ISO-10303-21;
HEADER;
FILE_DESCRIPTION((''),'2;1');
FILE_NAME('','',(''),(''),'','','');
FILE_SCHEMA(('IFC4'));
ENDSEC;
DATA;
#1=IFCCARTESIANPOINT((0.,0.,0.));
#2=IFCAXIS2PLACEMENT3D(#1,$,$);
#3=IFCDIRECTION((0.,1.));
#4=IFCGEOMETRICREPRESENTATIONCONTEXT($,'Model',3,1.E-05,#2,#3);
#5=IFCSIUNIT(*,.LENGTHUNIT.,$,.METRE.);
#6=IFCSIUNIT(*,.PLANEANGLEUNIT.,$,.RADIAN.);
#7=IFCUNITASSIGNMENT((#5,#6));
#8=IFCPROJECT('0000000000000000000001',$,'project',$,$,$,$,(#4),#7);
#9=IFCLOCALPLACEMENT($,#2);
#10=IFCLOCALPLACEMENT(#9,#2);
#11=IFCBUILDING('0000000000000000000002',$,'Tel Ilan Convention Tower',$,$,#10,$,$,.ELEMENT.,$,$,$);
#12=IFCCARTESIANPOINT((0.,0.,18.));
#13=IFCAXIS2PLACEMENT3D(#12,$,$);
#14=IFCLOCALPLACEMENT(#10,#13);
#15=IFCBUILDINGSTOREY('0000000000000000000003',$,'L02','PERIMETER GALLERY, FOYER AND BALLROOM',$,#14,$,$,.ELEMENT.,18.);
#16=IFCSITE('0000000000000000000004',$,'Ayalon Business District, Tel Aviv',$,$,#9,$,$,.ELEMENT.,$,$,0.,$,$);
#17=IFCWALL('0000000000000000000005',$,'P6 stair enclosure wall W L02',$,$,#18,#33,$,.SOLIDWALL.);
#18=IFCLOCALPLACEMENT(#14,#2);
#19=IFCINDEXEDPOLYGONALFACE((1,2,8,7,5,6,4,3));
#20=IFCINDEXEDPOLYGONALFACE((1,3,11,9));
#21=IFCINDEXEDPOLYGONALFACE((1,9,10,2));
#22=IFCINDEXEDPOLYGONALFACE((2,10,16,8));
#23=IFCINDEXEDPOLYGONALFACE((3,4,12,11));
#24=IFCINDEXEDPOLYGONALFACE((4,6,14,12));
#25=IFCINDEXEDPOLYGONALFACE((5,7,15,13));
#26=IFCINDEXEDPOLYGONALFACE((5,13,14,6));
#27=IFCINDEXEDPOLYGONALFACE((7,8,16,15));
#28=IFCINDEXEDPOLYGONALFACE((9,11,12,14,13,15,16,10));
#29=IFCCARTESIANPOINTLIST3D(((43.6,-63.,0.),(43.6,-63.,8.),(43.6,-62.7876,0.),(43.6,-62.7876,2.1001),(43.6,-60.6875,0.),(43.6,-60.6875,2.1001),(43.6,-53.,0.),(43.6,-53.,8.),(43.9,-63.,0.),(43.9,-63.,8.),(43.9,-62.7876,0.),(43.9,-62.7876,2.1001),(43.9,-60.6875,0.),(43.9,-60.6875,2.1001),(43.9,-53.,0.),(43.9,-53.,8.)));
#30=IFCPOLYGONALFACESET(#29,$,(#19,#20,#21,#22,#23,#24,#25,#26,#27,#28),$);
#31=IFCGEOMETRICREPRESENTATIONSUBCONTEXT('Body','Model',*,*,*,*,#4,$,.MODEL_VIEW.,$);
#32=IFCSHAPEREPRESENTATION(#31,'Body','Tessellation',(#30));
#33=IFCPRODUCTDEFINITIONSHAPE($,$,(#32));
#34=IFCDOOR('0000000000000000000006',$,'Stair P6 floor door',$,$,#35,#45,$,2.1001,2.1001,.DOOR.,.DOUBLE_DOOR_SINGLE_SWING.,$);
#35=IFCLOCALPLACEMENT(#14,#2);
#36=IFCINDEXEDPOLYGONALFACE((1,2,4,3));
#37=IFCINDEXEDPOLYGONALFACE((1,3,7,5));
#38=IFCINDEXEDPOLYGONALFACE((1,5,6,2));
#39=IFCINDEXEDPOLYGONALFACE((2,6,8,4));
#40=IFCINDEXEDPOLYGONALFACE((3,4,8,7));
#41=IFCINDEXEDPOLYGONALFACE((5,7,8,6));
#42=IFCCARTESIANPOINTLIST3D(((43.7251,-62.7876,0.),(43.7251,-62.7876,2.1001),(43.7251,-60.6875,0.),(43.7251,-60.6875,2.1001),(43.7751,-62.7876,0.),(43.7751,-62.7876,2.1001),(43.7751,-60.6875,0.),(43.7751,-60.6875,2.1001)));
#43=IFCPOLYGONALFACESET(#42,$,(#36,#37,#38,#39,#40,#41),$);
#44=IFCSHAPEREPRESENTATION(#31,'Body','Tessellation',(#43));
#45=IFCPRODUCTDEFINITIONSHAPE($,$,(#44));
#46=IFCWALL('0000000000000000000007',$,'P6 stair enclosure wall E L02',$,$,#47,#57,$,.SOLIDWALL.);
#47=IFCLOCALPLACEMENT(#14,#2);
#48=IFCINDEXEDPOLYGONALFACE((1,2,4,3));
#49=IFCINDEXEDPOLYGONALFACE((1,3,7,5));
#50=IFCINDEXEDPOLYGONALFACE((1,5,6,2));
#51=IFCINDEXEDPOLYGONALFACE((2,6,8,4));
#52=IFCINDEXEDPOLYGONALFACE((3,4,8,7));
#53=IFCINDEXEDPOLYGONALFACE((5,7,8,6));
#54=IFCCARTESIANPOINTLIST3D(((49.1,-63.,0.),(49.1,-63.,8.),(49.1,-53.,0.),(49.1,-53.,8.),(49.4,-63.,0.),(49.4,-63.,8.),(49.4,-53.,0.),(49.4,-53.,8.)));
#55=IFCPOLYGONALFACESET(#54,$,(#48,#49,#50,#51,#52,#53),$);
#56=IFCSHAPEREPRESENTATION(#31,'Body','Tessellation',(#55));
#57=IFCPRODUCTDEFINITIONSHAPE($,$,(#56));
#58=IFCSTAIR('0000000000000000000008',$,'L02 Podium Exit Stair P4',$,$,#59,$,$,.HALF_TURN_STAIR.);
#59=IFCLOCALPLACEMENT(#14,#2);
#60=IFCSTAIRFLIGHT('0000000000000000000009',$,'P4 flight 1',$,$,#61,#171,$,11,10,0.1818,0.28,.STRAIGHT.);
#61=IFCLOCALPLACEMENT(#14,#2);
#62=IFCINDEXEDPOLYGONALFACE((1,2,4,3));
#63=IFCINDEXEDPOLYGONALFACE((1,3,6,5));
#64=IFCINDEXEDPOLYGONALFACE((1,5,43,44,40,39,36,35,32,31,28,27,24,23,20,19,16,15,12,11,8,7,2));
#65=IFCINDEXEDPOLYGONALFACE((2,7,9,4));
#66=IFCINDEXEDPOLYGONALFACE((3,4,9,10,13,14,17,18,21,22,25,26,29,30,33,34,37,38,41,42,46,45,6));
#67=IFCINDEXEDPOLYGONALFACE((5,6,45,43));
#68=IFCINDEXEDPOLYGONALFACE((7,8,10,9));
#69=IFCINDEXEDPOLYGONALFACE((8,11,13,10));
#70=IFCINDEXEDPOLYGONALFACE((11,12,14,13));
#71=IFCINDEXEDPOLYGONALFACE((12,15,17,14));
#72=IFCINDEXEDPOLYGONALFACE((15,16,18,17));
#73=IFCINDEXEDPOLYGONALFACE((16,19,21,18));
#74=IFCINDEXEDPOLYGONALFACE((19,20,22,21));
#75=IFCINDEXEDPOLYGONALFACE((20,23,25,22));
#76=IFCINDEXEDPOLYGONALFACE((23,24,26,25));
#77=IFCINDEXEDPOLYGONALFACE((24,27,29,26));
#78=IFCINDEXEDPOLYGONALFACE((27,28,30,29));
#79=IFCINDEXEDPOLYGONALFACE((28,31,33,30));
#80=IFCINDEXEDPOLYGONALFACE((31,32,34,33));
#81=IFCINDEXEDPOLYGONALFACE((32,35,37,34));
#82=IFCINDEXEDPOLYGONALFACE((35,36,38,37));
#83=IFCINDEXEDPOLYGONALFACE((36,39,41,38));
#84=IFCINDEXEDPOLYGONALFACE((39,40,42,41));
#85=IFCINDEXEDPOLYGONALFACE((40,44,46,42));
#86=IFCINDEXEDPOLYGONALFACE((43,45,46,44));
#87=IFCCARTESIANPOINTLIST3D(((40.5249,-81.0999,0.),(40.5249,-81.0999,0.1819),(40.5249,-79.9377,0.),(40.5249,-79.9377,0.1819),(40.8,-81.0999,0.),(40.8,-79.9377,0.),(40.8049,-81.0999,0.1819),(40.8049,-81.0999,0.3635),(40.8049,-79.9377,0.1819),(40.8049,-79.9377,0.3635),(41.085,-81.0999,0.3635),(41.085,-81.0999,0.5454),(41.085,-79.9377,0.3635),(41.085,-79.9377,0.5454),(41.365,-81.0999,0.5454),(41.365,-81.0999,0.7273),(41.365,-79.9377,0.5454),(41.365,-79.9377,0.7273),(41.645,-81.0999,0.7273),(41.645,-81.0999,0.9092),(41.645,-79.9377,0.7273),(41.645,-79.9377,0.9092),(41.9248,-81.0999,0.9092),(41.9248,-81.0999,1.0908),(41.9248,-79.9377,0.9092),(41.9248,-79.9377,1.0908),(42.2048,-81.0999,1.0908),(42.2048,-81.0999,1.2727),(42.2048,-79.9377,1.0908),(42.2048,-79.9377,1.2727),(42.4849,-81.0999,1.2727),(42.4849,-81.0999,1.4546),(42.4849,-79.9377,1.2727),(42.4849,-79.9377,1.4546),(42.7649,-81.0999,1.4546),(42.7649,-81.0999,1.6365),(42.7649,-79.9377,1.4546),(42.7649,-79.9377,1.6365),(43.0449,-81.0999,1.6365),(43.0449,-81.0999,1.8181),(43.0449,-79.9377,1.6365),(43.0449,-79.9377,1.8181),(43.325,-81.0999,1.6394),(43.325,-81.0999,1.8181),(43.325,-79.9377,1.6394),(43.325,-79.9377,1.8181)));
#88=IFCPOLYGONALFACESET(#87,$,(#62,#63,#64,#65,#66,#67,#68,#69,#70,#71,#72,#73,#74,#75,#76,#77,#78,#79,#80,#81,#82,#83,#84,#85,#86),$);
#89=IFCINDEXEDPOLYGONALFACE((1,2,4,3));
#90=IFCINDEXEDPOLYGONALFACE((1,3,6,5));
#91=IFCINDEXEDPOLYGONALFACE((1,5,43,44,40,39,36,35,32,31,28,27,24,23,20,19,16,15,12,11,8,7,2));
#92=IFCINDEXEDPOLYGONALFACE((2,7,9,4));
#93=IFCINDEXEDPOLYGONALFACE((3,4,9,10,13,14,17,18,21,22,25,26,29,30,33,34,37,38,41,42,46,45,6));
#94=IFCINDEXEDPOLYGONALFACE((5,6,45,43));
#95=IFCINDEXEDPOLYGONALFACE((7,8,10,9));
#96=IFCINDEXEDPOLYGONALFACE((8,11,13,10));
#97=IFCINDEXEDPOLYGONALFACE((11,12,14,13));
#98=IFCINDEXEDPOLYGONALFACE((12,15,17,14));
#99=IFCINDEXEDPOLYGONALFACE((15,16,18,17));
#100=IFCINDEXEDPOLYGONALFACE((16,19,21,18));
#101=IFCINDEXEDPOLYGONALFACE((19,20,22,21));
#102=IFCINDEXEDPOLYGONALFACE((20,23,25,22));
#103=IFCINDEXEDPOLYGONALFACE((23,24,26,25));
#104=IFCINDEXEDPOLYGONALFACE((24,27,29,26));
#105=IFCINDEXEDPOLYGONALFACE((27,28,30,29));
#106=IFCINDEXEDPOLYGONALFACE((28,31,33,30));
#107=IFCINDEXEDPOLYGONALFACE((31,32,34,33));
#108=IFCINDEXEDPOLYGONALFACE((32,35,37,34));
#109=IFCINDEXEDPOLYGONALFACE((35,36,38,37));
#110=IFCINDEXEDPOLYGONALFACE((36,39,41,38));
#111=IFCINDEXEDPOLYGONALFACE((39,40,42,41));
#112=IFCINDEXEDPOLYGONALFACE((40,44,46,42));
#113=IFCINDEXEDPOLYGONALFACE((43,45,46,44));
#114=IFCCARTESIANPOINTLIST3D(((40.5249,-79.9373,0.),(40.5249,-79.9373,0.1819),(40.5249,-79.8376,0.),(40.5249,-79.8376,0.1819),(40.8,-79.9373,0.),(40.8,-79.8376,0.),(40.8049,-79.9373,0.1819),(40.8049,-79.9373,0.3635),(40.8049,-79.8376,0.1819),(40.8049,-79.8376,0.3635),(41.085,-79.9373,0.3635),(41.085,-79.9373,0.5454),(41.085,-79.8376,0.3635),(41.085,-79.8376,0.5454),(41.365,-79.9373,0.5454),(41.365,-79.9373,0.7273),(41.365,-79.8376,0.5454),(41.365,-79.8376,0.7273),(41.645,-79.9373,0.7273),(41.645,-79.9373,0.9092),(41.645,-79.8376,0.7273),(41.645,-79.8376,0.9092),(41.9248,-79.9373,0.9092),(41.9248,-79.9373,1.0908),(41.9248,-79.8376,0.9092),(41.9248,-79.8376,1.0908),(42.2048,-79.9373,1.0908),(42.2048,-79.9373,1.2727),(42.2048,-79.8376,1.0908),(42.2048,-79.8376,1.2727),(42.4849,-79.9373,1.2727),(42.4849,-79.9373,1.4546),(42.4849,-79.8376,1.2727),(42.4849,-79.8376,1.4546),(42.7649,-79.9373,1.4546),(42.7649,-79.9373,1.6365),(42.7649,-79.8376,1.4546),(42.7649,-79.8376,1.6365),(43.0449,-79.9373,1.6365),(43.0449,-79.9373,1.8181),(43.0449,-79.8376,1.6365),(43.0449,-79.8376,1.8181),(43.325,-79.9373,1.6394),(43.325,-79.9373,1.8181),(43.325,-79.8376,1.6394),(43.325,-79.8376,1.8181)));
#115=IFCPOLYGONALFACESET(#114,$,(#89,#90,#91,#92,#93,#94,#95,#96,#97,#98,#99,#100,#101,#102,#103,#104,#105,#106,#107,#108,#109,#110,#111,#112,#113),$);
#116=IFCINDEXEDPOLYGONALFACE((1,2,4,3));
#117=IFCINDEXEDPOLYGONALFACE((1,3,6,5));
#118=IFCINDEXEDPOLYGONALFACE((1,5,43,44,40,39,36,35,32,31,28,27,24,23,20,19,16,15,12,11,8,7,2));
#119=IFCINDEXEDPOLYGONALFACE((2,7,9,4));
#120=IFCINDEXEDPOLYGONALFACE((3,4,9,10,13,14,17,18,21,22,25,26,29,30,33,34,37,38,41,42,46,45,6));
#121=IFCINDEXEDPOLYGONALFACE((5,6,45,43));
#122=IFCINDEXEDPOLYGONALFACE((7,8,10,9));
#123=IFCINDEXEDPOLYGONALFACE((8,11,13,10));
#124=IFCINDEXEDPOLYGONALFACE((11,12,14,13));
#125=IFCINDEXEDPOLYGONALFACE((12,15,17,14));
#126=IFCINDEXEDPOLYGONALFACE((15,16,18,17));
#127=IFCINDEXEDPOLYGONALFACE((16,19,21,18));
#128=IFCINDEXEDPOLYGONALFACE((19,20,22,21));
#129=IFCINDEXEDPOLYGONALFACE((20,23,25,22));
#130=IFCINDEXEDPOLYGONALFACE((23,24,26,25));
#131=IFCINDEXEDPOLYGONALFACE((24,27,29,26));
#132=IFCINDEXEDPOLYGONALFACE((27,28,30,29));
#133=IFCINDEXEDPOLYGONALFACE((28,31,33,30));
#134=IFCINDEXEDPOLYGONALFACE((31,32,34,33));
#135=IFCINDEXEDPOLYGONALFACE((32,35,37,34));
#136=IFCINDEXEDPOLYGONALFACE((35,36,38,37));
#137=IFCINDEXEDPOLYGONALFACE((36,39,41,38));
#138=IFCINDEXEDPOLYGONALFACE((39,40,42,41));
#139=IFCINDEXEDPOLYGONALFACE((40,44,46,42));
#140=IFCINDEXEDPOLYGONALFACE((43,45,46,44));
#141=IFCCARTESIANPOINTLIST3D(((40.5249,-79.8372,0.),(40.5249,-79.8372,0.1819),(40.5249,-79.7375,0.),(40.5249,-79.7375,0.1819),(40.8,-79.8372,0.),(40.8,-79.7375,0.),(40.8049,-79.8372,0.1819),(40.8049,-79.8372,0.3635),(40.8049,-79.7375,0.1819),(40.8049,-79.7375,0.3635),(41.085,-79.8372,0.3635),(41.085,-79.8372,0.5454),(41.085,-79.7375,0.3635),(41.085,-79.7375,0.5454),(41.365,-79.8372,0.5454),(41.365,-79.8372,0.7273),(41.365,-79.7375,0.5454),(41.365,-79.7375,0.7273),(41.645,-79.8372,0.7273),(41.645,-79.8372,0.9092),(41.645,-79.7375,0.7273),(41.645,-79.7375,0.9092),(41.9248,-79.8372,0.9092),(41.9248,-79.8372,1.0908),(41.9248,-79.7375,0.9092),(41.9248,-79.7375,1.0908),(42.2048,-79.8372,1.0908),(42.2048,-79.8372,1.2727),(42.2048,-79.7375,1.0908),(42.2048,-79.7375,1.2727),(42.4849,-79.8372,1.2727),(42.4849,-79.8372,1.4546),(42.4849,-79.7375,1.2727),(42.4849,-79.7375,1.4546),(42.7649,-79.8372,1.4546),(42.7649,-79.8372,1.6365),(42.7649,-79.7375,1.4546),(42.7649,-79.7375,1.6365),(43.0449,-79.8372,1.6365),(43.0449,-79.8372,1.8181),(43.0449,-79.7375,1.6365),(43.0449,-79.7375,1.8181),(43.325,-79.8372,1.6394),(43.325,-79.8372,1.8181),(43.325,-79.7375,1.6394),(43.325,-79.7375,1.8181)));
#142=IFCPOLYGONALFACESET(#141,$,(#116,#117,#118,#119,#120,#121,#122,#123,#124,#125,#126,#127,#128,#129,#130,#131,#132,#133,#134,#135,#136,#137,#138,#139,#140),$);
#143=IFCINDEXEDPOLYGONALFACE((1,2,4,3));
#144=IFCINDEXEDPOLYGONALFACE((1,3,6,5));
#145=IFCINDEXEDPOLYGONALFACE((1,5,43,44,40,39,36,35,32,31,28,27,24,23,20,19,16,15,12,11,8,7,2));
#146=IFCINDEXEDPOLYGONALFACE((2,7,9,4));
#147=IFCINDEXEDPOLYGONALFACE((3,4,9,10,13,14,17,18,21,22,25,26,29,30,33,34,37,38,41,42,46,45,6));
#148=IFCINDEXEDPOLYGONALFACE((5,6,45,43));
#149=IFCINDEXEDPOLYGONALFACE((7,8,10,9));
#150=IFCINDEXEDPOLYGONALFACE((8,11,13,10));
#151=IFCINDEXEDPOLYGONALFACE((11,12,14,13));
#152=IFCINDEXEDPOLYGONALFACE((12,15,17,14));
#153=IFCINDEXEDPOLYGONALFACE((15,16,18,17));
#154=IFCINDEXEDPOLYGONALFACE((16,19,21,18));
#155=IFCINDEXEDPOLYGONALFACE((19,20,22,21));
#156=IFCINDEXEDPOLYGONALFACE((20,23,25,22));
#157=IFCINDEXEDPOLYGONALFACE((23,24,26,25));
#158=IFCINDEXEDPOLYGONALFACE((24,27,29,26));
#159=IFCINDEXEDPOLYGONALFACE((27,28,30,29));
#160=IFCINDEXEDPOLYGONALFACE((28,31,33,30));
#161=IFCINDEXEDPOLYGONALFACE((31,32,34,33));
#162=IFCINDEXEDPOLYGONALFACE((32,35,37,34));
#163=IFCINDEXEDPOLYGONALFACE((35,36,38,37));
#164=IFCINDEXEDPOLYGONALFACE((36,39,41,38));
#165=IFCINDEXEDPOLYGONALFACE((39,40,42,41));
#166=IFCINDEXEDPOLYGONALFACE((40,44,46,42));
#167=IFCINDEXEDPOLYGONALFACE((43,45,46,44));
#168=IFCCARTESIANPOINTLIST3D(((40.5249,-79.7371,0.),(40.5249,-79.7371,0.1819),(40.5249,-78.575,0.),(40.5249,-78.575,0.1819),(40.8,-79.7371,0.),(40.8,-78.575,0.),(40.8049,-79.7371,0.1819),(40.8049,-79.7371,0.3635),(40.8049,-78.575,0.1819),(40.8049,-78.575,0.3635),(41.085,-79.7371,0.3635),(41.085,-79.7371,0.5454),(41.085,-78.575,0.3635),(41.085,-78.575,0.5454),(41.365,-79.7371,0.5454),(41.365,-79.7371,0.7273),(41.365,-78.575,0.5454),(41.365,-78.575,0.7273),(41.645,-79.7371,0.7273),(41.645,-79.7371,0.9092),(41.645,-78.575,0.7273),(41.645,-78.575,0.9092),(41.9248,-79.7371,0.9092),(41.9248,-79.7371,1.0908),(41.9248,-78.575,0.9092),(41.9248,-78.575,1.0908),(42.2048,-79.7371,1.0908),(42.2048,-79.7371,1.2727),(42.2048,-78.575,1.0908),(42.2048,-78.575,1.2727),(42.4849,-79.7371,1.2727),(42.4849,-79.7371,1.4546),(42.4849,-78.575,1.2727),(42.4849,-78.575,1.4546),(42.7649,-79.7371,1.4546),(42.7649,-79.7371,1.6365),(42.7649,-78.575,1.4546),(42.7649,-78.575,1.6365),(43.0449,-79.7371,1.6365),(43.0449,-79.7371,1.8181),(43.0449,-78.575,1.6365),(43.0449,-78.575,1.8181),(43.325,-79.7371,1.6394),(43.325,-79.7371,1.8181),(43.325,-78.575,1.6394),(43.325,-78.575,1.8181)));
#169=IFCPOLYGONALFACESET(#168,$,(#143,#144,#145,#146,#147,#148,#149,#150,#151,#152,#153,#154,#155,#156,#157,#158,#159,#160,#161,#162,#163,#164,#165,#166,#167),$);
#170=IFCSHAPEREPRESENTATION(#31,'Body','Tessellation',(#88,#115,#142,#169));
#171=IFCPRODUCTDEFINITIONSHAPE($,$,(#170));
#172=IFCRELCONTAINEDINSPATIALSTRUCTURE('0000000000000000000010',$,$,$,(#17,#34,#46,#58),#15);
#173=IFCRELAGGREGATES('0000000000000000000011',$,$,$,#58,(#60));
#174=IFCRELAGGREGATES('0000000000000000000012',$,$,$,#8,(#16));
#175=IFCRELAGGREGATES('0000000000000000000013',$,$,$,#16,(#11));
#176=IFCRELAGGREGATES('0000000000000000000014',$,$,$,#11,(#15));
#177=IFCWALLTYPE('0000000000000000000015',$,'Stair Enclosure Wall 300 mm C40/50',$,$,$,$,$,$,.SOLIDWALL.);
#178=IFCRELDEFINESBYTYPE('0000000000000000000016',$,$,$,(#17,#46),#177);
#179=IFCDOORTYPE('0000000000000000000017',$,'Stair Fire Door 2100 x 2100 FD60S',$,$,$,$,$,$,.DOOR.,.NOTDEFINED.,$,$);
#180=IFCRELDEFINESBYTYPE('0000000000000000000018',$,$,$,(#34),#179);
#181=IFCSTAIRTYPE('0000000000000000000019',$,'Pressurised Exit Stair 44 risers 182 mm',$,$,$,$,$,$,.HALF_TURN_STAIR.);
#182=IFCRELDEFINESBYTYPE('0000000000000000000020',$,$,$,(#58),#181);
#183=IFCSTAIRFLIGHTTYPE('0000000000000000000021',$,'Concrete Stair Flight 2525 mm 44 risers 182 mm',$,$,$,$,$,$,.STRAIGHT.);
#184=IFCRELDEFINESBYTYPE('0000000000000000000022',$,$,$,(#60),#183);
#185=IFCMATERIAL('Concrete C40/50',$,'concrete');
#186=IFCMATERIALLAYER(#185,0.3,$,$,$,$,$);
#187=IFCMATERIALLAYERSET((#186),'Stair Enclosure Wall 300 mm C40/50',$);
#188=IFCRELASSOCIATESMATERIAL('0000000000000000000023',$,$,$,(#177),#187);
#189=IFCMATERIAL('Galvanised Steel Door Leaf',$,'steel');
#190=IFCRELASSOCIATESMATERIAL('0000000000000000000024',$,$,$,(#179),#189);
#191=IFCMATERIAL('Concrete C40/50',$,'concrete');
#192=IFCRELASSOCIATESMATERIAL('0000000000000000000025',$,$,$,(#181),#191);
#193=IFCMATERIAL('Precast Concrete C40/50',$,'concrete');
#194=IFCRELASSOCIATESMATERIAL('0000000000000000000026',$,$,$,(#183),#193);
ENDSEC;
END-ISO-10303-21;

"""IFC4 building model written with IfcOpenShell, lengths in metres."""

from ifc_helpers import new_model, si_unit, direction, frame, frame_2d, origin, place, context, subcontext, project, spatial, polyline, rectangle, outline, extrude, material, layer, layer_set, type_object, element, fill, aggregate, save


model = new_model("IFC4")

# Units and contexts
model_context = context("Model", 3, precision=1e-05, world=origin(), true_north=direction((0.0, 1.0)))
body_context = subcontext(model_context, "Body", "Model", "MODEL_VIEW")
ifc_project = project(units=[si_unit("LENGTHUNIT", "METRE"), si_unit("PLANEANGLEUNIT", "RADIAN")], contexts=[model_context])

# Site, building, storey
site_placement = place(None, origin())
site = spatial("IfcSite", under=ifc_project, at=site_placement, Name="Ayalon Business District, Tel Aviv", CompositionType="ELEMENT", RefElevation=0.0)
building_placement = place(site_placement, origin())
building = spatial("IfcBuilding", under=site, at=building_placement, Name="Tel Ilan Convention Tower", CompositionType="ELEMENT")
storey_placement = place(building_placement, frame((0.0, 0.0, 18.0)))
storey = spatial("IfcBuildingStorey", under=building, at=storey_placement, Name="L02", Description="PERIMETER GALLERY, FOYER AND BALLROOM", CompositionType="ELEMENT", Elevation=18.0)

# Shared definitions
ifc_material_1 = material(Name="Concrete C40/50", Category="concrete")
ifc_layer = layer(ifc_material_1, 0.3)
ifc_layer_set = layer_set([ifc_layer], Name="Stair Enclosure Wall 300 mm C40/50")
wall_type = type_object("IfcWallType", Name="Stair Enclosure Wall 300 mm C40/50", PredefinedType="SOLIDWALL", material=ifc_layer_set)

# Shared definitions
ifc_material_2 = material(Name="Galvanised Steel Door Leaf", Category="steel")
door_type = type_object("IfcDoorType", Name="Stair Fire Door 2100 x 2100 FD60S", OperationType="NOTDEFINED", PredefinedType="DOOR", material=ifc_material_2)

# Wall, opening, door
wall_1_placement = place(storey_placement, frame((43.75, -63.0, 0.0), z_axis=(0.0, 0.0, 1.0), x_axis=(0.0, 1.0, 0.0)))
wall_1 = element("IfcWall", 1, at=wall_1_placement, inside=storey, type_object=wall_type, Name="P6 stair enclosure wall W L02", PredefinedType="SOLIDWALL", context=body_context, shape_type="SweptSolid", body=[
    extrude(rectangle(XDim=10.0, YDim=0.3, at=frame_2d((5.0, 0.0))), origin(), (0.0, 0.0, 1.0), 8.0),
])
opening_1_placement = place(wall_1_placement, frame((0.2124, 0.0, 0.0)))
opening_1 = element("IfcOpeningElement", 2, at=opening_1_placement, cuts=wall_1, PredefinedType="OPENING", context=body_context, shape_type="SweptSolid", body=[
    extrude(rectangle(XDim=2.1001, YDim=2.1001, at=frame_2d((1.05, 1.05))), frame((0.0, 0.1599, 0.0), z_axis=(0.0, -1.0, 0.0), x_axis=(1.0, 0.0, 0.0)), (0.0, 0.0, 1.0), 0.3201),
])
door_1_placement = place(opening_1_placement, origin())
door_1 = element("IfcDoor", 3, at=door_1_placement, inside=storey, type_object=door_type, Name="Stair P6 floor door", OperationType="DOUBLE_DOOR_SINGLE_SWING", OverallHeight=2.1001, OverallWidth=2.1001, PredefinedType="DOOR", context=body_context, shape_type="SweptSolid", body=[
    extrude(rectangle(XDim=2.1001, YDim=2.1001, at=frame_2d((1.05, 1.05))), frame((0.0, 0.0249, 0.0), z_axis=(0.0, -1.0, 0.0), x_axis=(1.0, 0.0, 0.0)), (0.0, 0.0, 1.0), 0.05),
])
fill(opening_1, door_1)

# Wall
wall_2_placement = place(storey_placement, frame((49.25, -63.0, 0.0), z_axis=(0.0, 0.0, 1.0), x_axis=(0.0, 1.0, 0.0)))
element("IfcWall", 4, at=wall_2_placement, inside=storey, type_object=wall_type, Name="P6 stair enclosure wall E L02", PredefinedType="SOLIDWALL", context=body_context, shape_type="SweptSolid", body=[
    extrude(rectangle(XDim=10.0, YDim=0.3, at=frame_2d((5.0, 0.0))), origin(), (0.0, 0.0, 1.0), 8.0),
])

# Stair, stair flight
ifc_material_3 = material(Name="Concrete C40/50", Category="concrete")
stair_type = type_object("IfcStairType", Name="Pressurised Exit Stair 44 risers 182 mm", PredefinedType="HALF_TURN_STAIR", material=ifc_material_3)
stair_1_placement = place(storey_placement, origin())
stair_1 = element("IfcStair", 5, at=stair_1_placement, inside=storey, type_object=stair_type, Name="L02 Podium Exit Stair P4", PredefinedType="HALF_TURN_STAIR")
ifc_material_4 = material(Name="Precast Concrete C40/50", Category="concrete")
stair_flight_type = type_object("IfcStairFlightType", Name="Concrete Stair Flight 2525 mm 44 risers 182 mm", PredefinedType="STRAIGHT", material=ifc_material_4)
stair_flight_1_placement = place(storey_placement, frame((40.5249, -79.8374, 0.0), z_axis=(0.0, 0.0, 1.0), x_axis=(1.0, 0.0, 0.0)))
stair_flight_1 = element("IfcStairFlight", 6, at=stair_flight_1_placement, type_object=stair_flight_type, Name="P4 flight 1", NumberOfRisers=11, NumberOfTreads=10, PredefinedType="STRAIGHT", RiserHeight=0.1818, TreadLength=0.28, context=body_context, shape_type="SweptSolid", body=[
    extrude(outline(polyline([(0.0, 0.0), (0.0, 0.1819), (0.28, 0.1819), (0.28, 0.3635), (0.5601, 0.3635), (0.5601, 0.5454), (0.8401, 0.5454), (0.8401, 0.7273), (1.1201, 0.7273), (1.1201, 0.9092), (1.3999, 0.9092), (1.3999, 1.0908), (1.6799, 1.0908), (1.6799, 1.2727), (1.96, 1.2727), (1.96, 1.4546), (2.24, 1.4546), (2.24, 1.6365), (2.52, 1.6365), (2.52, 1.8181), (2.8, 1.8181), (2.8, 2.0), (2.8, 1.6394), (0.2751, 0.0), (0.0, 0.0)])), frame((0.0, -0.1003, 0.0), z_axis=(0.0, -1.0, 0.0), x_axis=(1.0, 0.0, 0.0)), (0.0, 0.0, 1.0), 1.1621),
    extrude(outline(polyline([(0.0, 0.0), (0.0, 0.1819), (0.28, 0.1819), (0.28, 0.3635), (0.5601, 0.3635), (0.5601, 0.5454), (0.8401, 0.5454), (0.8401, 0.7273), (1.1201, 0.7273), (1.1201, 0.9092), (1.3999, 0.9092), (1.3999, 1.0908), (1.6799, 1.0908), (1.6799, 1.2727), (1.96, 1.2727), (1.96, 1.4546), (2.24, 1.4546), (2.24, 1.6365), (2.52, 1.6365), (2.52, 1.8181), (2.8, 1.8181), (2.8, 2.0), (2.8, 1.6394), (0.2751, 0.0), (0.0, 0.0)])), frame((0.0, -0.0002, 0.0), z_axis=(0.0, -1.0, 0.0), x_axis=(1.0, 0.0, 0.0)), (0.0, 0.0, 1.0), 0.0996),
    extrude(outline(polyline([(0.0, 0.0), (0.0, 0.1819), (0.28, 0.1819), (0.28, 0.3635), (0.5601, 0.3635), (0.5601, 0.5454), (0.8401, 0.5454), (0.8401, 0.7273), (1.1201, 0.7273), (1.1201, 0.9092), (1.3999, 0.9092), (1.3999, 1.0908), (1.6799, 1.0908), (1.6799, 1.2727), (1.96, 1.2727), (1.96, 1.4546), (2.24, 1.4546), (2.24, 1.6365), (2.52, 1.6365), (2.52, 1.8181), (2.8, 1.8181), (2.8, 2.0), (2.8, 1.6394), (0.2751, 0.0), (0.0, 0.0)])), frame((0.0, 0.0999, 0.0), z_axis=(0.0, -1.0, 0.0), x_axis=(1.0, 0.0, 0.0)), (0.0, 0.0, 1.0), 0.0996),
    extrude(outline(polyline([(0.0, 0.0), (0.0, 0.1819), (0.28, 0.1819), (0.28, 0.3635), (0.5601, 0.3635), (0.5601, 0.5454), (0.8401, 0.5454), (0.8401, 0.7273), (1.1201, 0.7273), (1.1201, 0.9092), (1.3999, 0.9092), (1.3999, 1.0908), (1.6799, 1.0908), (1.6799, 1.2727), (1.96, 1.2727), (1.96, 1.4546), (2.24, 1.4546), (2.24, 1.6365), (2.52, 1.6365), (2.52, 1.8181), (2.8, 1.8181), (2.8, 2.0), (2.8, 1.6394), (0.2751, 0.0), (0.0, 0.0)])), frame((0.0, 1.2625, 0.0), z_axis=(0.0, -1.0, 0.0), x_axis=(1.0, 0.0, 0.0)), (0.0, 0.0, 1.0), 1.1621),
])
aggregate(stair_1, [stair_flight_1])

save(model, "model.ifc")
